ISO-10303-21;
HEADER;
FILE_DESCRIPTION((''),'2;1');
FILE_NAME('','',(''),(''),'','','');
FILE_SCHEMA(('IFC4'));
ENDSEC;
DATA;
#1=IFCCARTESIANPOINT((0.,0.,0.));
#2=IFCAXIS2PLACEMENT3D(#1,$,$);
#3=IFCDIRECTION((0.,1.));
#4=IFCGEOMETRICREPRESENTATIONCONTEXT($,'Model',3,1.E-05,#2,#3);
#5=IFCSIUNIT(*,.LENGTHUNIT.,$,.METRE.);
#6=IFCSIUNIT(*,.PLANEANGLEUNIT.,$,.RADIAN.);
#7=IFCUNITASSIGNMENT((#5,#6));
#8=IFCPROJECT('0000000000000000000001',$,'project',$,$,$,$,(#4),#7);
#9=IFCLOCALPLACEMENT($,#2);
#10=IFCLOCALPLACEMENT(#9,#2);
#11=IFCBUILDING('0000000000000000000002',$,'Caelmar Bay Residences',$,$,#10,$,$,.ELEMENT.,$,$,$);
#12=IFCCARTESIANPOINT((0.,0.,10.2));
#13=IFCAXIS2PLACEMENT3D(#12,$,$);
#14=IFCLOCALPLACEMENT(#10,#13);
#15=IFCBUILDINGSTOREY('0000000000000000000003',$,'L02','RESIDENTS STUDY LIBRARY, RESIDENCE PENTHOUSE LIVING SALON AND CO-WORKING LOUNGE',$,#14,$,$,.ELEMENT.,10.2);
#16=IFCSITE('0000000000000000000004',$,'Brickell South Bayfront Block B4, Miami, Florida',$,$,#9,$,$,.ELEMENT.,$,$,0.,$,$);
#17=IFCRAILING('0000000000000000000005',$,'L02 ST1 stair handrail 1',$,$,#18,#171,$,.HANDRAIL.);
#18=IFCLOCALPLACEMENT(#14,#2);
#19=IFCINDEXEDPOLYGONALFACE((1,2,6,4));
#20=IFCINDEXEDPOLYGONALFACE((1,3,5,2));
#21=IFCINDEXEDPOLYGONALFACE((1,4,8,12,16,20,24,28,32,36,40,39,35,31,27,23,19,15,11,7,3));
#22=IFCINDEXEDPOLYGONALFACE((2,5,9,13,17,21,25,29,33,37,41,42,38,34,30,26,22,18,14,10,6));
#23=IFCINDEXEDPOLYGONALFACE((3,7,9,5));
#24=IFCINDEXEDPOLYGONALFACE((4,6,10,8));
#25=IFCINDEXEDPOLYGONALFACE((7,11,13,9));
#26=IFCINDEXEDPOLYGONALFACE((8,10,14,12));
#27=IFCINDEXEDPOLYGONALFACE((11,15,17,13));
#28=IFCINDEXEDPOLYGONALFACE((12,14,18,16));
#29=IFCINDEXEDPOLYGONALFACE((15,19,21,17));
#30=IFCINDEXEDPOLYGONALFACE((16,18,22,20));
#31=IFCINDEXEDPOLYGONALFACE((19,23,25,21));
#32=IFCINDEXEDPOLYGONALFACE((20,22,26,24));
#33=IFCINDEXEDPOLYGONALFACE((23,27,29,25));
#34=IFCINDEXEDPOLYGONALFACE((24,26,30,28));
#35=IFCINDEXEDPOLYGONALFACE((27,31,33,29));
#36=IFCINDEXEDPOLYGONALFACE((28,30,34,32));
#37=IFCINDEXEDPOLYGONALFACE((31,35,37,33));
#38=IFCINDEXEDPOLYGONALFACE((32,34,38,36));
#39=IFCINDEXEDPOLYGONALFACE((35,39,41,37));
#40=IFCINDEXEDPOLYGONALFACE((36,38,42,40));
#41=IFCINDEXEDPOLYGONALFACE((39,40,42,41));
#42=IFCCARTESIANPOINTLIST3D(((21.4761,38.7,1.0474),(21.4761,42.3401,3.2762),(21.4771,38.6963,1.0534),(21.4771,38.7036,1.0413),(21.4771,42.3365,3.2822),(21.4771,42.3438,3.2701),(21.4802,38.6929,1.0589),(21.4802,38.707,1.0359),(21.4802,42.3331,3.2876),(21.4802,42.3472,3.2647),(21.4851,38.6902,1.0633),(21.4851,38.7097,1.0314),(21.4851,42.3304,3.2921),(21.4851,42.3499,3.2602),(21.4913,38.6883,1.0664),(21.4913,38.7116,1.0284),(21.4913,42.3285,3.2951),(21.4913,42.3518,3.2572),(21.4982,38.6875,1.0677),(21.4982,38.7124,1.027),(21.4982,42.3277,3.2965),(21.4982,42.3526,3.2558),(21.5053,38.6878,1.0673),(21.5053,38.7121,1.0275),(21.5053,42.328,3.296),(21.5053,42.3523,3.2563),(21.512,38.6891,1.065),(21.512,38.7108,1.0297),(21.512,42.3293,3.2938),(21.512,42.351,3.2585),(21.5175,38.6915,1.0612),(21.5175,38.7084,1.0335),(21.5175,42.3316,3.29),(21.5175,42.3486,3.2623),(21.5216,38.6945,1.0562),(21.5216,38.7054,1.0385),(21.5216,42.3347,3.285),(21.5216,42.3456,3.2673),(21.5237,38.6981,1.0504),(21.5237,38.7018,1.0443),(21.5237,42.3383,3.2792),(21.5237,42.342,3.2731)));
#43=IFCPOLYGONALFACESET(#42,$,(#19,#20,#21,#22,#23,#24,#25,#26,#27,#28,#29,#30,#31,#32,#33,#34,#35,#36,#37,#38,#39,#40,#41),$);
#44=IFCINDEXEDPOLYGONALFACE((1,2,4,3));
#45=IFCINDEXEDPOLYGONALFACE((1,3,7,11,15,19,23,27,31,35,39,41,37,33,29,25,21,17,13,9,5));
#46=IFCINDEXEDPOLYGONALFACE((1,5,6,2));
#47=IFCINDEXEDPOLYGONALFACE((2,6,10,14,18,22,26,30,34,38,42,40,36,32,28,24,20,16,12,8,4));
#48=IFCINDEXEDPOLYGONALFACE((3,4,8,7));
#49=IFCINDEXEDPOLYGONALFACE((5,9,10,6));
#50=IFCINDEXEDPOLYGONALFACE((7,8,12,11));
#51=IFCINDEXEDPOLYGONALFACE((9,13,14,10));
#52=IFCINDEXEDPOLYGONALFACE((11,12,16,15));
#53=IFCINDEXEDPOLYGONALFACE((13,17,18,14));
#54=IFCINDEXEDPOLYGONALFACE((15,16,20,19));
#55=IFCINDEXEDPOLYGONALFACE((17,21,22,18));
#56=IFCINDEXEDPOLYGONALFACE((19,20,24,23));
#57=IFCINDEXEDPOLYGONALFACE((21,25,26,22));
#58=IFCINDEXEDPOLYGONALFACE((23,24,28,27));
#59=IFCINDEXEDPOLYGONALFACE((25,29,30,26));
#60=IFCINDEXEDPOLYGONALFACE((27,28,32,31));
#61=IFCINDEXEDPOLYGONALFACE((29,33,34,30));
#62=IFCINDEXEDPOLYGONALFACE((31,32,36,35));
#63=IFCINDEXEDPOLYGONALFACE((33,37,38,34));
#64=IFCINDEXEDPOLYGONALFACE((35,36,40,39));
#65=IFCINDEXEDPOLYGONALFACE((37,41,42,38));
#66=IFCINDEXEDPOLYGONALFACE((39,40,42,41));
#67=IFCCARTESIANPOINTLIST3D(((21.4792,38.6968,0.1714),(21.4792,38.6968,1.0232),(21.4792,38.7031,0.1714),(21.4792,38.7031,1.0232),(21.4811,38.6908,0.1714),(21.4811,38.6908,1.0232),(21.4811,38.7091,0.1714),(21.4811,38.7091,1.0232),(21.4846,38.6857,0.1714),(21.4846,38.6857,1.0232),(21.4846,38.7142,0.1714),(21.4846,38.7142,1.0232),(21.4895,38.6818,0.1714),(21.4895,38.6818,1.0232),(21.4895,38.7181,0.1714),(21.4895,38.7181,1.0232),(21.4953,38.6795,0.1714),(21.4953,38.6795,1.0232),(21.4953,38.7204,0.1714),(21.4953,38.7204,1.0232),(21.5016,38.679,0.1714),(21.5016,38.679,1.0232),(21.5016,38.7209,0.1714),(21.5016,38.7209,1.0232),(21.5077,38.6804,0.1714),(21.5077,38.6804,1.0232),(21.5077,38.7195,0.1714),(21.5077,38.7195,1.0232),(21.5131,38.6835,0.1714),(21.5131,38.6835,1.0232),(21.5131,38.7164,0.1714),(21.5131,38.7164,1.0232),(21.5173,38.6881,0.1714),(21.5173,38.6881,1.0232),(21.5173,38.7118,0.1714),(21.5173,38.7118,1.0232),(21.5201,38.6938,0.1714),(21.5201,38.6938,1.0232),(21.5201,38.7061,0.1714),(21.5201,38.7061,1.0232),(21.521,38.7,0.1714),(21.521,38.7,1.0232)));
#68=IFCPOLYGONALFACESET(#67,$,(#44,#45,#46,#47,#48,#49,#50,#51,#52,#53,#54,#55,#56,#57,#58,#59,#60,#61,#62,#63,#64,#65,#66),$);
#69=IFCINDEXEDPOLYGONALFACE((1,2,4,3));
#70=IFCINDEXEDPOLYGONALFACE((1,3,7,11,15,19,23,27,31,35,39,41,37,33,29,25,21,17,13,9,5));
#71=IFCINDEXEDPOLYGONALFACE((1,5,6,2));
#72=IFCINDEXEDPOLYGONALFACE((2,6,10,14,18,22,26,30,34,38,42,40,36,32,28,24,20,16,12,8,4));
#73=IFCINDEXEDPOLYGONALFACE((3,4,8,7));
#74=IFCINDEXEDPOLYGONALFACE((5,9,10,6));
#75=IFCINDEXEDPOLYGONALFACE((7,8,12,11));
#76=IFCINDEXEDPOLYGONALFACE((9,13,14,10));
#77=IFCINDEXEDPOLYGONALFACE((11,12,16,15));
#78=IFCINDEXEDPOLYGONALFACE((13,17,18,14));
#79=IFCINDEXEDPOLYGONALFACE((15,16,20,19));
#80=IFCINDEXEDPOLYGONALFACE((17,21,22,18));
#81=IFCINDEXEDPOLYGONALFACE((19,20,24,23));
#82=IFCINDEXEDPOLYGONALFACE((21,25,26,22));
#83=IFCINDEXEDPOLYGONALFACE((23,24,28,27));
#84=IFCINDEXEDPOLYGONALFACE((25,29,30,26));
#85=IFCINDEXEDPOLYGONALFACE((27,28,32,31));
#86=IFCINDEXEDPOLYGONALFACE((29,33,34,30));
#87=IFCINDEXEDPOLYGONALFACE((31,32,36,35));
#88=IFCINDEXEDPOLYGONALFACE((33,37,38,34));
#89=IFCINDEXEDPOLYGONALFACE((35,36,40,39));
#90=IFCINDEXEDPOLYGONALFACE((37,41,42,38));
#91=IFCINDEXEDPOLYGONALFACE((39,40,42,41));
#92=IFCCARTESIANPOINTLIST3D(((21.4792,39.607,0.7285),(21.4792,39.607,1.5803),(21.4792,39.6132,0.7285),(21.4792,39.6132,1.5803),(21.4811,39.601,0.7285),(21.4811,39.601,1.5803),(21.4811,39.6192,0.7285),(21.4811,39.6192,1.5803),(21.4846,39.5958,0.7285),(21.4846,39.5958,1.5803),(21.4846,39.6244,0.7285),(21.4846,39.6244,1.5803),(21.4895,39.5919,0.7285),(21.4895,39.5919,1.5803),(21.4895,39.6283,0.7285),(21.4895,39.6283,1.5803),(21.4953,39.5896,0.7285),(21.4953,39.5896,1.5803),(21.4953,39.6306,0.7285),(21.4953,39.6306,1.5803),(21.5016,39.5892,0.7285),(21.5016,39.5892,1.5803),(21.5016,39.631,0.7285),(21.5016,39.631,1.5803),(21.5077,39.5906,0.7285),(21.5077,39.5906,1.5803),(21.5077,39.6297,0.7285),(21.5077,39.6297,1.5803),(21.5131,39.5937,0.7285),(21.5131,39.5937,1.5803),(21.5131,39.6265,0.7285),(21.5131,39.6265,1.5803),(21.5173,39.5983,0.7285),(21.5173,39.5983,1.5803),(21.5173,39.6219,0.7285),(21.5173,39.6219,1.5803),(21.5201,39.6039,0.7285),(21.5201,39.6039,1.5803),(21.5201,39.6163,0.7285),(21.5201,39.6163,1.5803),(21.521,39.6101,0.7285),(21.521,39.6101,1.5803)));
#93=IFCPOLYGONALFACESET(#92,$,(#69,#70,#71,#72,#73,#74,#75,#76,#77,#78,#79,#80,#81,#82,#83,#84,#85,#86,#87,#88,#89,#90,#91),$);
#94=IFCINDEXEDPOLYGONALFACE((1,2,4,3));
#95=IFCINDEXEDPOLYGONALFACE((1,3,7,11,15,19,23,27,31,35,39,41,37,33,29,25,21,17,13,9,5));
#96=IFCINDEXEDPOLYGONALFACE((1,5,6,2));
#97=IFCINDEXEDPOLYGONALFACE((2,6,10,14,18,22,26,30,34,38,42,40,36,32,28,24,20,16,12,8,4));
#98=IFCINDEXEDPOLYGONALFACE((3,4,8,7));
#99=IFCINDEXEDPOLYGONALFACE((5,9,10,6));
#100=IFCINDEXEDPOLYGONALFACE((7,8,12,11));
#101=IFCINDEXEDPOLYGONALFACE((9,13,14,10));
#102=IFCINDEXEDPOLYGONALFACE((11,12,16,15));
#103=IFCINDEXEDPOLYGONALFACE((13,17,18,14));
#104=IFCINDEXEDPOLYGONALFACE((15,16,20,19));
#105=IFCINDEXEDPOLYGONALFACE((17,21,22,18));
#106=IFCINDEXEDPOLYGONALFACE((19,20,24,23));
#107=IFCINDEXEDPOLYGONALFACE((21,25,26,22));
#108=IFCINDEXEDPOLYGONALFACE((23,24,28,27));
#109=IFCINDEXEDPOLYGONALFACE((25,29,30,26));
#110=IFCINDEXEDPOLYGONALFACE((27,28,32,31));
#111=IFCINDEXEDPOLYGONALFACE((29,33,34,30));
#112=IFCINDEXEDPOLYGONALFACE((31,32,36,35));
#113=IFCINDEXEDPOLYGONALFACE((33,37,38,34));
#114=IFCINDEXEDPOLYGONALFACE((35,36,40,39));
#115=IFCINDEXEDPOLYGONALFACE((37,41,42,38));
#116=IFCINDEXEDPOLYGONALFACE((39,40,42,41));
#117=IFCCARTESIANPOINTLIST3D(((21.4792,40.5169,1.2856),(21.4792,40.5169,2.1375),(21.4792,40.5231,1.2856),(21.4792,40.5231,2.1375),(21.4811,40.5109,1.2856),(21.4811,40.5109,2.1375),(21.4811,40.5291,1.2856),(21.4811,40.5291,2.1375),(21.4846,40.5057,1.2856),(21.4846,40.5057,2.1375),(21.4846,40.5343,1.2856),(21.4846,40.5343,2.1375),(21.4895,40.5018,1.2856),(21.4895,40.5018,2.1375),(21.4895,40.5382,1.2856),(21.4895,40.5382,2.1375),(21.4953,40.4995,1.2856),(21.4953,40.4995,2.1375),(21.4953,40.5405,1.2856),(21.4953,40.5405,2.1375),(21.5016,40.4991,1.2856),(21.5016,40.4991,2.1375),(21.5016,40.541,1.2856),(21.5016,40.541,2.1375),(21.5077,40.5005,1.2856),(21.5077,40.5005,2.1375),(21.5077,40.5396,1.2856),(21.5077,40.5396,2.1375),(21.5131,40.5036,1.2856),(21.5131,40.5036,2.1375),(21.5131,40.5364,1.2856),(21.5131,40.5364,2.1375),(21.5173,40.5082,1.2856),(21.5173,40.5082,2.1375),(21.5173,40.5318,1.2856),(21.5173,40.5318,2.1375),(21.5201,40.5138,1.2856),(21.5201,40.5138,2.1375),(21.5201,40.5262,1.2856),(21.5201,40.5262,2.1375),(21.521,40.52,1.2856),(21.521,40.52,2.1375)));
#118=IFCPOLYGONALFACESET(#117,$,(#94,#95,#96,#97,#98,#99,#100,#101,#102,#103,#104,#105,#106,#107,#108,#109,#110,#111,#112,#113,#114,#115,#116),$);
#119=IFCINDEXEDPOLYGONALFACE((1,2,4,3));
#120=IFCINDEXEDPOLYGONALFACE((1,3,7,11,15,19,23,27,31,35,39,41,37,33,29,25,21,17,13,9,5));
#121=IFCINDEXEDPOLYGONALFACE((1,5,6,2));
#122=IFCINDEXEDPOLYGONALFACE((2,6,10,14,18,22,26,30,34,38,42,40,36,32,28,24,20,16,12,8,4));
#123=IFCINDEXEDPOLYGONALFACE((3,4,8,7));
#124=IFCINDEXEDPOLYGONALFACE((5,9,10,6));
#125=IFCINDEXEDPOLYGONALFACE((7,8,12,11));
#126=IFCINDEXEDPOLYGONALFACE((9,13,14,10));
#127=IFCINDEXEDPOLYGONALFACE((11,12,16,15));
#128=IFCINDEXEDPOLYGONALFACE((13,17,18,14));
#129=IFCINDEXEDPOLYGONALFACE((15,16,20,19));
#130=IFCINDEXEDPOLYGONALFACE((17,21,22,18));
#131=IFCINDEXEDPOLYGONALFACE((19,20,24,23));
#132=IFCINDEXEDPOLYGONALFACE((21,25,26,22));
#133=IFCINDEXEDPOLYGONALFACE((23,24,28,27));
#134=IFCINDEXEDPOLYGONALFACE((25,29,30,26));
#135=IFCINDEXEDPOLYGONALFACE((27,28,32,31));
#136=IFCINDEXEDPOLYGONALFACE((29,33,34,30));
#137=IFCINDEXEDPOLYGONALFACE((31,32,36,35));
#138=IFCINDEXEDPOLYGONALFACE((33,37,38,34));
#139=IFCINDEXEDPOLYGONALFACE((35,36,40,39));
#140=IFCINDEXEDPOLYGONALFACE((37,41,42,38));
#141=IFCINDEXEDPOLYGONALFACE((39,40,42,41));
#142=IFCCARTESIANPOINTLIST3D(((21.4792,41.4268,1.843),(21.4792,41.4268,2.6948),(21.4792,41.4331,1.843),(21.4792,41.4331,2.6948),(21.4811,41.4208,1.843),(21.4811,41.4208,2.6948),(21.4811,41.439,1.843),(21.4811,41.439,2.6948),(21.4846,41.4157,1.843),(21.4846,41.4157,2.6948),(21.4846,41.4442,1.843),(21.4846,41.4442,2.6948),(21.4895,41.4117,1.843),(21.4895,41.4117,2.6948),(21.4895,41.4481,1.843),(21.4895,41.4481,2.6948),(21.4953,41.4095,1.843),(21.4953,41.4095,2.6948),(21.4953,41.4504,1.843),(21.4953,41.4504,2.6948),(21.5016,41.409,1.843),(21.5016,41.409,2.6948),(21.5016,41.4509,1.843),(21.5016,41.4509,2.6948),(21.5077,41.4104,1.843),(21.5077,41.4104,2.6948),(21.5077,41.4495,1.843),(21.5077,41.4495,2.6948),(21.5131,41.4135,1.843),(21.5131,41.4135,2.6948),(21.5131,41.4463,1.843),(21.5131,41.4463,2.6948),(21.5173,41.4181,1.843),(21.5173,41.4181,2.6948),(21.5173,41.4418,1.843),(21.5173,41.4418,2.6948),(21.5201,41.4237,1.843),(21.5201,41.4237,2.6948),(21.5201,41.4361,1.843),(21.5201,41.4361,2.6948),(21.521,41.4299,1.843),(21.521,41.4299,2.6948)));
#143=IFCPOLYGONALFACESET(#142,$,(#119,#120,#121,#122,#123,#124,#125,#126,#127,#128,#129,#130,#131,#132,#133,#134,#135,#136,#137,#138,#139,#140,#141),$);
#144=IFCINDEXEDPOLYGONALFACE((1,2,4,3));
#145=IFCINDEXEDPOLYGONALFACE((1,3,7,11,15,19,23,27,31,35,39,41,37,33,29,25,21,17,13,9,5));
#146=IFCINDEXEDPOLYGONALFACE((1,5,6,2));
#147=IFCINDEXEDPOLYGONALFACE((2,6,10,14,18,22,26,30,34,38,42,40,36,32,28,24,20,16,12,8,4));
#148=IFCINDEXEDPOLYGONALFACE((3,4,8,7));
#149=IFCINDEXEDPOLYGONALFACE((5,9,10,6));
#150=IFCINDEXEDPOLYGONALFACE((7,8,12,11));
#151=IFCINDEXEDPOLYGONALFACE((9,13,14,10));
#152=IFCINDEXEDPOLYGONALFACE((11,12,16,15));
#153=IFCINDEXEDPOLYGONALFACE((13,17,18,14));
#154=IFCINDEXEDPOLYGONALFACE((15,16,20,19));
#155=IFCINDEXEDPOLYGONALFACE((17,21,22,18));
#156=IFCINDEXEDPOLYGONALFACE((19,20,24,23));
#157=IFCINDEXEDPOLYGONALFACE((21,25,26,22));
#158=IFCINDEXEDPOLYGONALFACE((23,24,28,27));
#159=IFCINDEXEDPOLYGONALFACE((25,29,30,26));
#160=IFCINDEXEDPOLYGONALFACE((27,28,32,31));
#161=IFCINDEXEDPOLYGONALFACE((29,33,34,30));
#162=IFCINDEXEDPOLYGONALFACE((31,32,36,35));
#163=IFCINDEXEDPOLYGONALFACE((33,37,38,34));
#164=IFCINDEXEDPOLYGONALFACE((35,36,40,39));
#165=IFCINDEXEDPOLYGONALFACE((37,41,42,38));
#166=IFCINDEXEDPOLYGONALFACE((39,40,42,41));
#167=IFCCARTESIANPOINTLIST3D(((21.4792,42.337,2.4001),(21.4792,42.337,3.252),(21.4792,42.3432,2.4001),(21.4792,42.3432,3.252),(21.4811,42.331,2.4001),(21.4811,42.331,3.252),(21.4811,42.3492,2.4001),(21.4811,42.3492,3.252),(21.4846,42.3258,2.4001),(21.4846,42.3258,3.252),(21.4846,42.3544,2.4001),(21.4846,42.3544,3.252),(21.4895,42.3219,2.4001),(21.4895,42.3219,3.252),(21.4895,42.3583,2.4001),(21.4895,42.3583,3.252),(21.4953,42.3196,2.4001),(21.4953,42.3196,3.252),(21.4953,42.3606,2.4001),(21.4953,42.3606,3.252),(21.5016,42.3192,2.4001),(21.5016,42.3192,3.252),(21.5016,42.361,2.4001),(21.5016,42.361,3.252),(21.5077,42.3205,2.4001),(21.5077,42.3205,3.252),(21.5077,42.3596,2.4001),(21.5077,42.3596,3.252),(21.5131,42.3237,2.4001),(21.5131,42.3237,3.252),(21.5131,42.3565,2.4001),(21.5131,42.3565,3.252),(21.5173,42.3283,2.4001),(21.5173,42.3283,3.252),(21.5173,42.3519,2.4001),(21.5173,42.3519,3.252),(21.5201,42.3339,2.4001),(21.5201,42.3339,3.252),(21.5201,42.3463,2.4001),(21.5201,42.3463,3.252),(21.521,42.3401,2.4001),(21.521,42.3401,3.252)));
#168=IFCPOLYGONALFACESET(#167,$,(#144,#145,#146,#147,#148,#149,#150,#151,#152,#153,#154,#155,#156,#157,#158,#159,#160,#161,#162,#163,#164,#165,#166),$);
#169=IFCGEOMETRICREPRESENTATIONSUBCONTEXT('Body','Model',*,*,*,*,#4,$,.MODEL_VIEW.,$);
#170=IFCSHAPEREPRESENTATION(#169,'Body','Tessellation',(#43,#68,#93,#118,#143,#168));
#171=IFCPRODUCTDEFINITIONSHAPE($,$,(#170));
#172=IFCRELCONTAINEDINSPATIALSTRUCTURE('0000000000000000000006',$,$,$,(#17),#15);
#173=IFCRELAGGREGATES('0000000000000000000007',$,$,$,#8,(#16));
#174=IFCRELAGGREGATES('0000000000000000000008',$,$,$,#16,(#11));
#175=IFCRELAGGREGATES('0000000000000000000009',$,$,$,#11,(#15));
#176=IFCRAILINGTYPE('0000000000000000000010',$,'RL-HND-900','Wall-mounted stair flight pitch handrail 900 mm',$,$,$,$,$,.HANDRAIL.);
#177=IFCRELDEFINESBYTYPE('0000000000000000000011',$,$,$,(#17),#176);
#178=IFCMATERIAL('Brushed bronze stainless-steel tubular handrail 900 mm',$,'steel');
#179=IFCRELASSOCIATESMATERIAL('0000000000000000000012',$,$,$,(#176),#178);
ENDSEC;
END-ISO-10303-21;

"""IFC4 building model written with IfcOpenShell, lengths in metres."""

from ifc_helpers import new_model, si_unit, direction, frame, origin, origin_2d, place, context, subcontext, project, spatial, circle, extrude, material, type_object, element, save


model = new_model("IFC4")

# Units and contexts
model_context = context("Model", 3, precision=1e-05, world=origin(), true_north=direction((0.0, 1.0)))
body_context = subcontext(model_context, "Body", "Model", "MODEL_VIEW")
ifc_project = project(units=[si_unit("LENGTHUNIT", "METRE"), si_unit("PLANEANGLEUNIT", "RADIAN")], contexts=[model_context])

# Site, building, storey
site_placement = place(None, origin())
site = spatial("IfcSite", under=ifc_project, at=site_placement, Name="Brickell South Bayfront Block B4, Miami, Florida", CompositionType="ELEMENT", RefElevation=0.0)
building_placement = place(site_placement, origin())
building = spatial("IfcBuilding", under=site, at=building_placement, Name="Caelmar Bay Residences", CompositionType="ELEMENT")
storey_placement = place(building_placement, frame((0.0, 0.0, 10.2)))
storey = spatial("IfcBuildingStorey", under=building, at=storey_placement, Name="L02", Description="RESIDENTS STUDY LIBRARY, RESIDENCE PENTHOUSE LIVING SALON AND CO-WORKING LOUNGE", CompositionType="ELEMENT", Elevation=10.2)

# Railing
ifc_material_1 = material(Name="Brushed bronze stainless-steel tubular handrail 900 mm", Category="steel")
railing_type_1 = type_object("IfcRailingType", Name="RL-HND-900", Description="Wall-mounted stair flight pitch handrail 900 mm", PredefinedType="HANDRAIL", material=ifc_material_1)
railing_1_placement = place(storey_placement, frame((21.5, 38.7, 0.1714)))
element("IfcRailing", 1, at=railing_1_placement, inside=storey, type_object=railing_type_1, Name="L02 ST1 stair handrail 1", PredefinedType="HANDRAIL", context=body_context, shape_type="SweptSolid", body=[
    extrude(circle(Radius=0.0239, at=origin_2d()), frame((0.0, 0.0, 0.876), z_axis=(0.0, 0.85284, 0.522172), x_axis=(-1.0, 0.0, 0.0)), (0.0, 0.0, 1.0), 4.2683),
    extrude(circle(Radius=0.021, at=origin_2d()), origin(), (0.0, 0.0, 1.0), 0.8518),
    extrude(circle(Radius=0.021, at=origin_2d()), frame((0.0, 0.9102, 0.5571)), (0.0, 0.0, 1.0), 0.8518),
    extrude(circle(Radius=0.021, at=origin_2d()), frame((0.0, 1.8201, 1.1143)), (0.0, 0.0, 1.0), 0.8518),
    extrude(circle(Radius=0.021, at=origin_2d()), frame((0.0, 2.73, 1.6716)), (0.0, 0.0, 1.0), 0.8518),
    extrude(circle(Radius=0.021, at=origin_2d()), frame((0.0, 3.6401, 2.2288)), (0.0, 0.0, 1.0), 0.8518),
])

save(model, "model.ifc")
